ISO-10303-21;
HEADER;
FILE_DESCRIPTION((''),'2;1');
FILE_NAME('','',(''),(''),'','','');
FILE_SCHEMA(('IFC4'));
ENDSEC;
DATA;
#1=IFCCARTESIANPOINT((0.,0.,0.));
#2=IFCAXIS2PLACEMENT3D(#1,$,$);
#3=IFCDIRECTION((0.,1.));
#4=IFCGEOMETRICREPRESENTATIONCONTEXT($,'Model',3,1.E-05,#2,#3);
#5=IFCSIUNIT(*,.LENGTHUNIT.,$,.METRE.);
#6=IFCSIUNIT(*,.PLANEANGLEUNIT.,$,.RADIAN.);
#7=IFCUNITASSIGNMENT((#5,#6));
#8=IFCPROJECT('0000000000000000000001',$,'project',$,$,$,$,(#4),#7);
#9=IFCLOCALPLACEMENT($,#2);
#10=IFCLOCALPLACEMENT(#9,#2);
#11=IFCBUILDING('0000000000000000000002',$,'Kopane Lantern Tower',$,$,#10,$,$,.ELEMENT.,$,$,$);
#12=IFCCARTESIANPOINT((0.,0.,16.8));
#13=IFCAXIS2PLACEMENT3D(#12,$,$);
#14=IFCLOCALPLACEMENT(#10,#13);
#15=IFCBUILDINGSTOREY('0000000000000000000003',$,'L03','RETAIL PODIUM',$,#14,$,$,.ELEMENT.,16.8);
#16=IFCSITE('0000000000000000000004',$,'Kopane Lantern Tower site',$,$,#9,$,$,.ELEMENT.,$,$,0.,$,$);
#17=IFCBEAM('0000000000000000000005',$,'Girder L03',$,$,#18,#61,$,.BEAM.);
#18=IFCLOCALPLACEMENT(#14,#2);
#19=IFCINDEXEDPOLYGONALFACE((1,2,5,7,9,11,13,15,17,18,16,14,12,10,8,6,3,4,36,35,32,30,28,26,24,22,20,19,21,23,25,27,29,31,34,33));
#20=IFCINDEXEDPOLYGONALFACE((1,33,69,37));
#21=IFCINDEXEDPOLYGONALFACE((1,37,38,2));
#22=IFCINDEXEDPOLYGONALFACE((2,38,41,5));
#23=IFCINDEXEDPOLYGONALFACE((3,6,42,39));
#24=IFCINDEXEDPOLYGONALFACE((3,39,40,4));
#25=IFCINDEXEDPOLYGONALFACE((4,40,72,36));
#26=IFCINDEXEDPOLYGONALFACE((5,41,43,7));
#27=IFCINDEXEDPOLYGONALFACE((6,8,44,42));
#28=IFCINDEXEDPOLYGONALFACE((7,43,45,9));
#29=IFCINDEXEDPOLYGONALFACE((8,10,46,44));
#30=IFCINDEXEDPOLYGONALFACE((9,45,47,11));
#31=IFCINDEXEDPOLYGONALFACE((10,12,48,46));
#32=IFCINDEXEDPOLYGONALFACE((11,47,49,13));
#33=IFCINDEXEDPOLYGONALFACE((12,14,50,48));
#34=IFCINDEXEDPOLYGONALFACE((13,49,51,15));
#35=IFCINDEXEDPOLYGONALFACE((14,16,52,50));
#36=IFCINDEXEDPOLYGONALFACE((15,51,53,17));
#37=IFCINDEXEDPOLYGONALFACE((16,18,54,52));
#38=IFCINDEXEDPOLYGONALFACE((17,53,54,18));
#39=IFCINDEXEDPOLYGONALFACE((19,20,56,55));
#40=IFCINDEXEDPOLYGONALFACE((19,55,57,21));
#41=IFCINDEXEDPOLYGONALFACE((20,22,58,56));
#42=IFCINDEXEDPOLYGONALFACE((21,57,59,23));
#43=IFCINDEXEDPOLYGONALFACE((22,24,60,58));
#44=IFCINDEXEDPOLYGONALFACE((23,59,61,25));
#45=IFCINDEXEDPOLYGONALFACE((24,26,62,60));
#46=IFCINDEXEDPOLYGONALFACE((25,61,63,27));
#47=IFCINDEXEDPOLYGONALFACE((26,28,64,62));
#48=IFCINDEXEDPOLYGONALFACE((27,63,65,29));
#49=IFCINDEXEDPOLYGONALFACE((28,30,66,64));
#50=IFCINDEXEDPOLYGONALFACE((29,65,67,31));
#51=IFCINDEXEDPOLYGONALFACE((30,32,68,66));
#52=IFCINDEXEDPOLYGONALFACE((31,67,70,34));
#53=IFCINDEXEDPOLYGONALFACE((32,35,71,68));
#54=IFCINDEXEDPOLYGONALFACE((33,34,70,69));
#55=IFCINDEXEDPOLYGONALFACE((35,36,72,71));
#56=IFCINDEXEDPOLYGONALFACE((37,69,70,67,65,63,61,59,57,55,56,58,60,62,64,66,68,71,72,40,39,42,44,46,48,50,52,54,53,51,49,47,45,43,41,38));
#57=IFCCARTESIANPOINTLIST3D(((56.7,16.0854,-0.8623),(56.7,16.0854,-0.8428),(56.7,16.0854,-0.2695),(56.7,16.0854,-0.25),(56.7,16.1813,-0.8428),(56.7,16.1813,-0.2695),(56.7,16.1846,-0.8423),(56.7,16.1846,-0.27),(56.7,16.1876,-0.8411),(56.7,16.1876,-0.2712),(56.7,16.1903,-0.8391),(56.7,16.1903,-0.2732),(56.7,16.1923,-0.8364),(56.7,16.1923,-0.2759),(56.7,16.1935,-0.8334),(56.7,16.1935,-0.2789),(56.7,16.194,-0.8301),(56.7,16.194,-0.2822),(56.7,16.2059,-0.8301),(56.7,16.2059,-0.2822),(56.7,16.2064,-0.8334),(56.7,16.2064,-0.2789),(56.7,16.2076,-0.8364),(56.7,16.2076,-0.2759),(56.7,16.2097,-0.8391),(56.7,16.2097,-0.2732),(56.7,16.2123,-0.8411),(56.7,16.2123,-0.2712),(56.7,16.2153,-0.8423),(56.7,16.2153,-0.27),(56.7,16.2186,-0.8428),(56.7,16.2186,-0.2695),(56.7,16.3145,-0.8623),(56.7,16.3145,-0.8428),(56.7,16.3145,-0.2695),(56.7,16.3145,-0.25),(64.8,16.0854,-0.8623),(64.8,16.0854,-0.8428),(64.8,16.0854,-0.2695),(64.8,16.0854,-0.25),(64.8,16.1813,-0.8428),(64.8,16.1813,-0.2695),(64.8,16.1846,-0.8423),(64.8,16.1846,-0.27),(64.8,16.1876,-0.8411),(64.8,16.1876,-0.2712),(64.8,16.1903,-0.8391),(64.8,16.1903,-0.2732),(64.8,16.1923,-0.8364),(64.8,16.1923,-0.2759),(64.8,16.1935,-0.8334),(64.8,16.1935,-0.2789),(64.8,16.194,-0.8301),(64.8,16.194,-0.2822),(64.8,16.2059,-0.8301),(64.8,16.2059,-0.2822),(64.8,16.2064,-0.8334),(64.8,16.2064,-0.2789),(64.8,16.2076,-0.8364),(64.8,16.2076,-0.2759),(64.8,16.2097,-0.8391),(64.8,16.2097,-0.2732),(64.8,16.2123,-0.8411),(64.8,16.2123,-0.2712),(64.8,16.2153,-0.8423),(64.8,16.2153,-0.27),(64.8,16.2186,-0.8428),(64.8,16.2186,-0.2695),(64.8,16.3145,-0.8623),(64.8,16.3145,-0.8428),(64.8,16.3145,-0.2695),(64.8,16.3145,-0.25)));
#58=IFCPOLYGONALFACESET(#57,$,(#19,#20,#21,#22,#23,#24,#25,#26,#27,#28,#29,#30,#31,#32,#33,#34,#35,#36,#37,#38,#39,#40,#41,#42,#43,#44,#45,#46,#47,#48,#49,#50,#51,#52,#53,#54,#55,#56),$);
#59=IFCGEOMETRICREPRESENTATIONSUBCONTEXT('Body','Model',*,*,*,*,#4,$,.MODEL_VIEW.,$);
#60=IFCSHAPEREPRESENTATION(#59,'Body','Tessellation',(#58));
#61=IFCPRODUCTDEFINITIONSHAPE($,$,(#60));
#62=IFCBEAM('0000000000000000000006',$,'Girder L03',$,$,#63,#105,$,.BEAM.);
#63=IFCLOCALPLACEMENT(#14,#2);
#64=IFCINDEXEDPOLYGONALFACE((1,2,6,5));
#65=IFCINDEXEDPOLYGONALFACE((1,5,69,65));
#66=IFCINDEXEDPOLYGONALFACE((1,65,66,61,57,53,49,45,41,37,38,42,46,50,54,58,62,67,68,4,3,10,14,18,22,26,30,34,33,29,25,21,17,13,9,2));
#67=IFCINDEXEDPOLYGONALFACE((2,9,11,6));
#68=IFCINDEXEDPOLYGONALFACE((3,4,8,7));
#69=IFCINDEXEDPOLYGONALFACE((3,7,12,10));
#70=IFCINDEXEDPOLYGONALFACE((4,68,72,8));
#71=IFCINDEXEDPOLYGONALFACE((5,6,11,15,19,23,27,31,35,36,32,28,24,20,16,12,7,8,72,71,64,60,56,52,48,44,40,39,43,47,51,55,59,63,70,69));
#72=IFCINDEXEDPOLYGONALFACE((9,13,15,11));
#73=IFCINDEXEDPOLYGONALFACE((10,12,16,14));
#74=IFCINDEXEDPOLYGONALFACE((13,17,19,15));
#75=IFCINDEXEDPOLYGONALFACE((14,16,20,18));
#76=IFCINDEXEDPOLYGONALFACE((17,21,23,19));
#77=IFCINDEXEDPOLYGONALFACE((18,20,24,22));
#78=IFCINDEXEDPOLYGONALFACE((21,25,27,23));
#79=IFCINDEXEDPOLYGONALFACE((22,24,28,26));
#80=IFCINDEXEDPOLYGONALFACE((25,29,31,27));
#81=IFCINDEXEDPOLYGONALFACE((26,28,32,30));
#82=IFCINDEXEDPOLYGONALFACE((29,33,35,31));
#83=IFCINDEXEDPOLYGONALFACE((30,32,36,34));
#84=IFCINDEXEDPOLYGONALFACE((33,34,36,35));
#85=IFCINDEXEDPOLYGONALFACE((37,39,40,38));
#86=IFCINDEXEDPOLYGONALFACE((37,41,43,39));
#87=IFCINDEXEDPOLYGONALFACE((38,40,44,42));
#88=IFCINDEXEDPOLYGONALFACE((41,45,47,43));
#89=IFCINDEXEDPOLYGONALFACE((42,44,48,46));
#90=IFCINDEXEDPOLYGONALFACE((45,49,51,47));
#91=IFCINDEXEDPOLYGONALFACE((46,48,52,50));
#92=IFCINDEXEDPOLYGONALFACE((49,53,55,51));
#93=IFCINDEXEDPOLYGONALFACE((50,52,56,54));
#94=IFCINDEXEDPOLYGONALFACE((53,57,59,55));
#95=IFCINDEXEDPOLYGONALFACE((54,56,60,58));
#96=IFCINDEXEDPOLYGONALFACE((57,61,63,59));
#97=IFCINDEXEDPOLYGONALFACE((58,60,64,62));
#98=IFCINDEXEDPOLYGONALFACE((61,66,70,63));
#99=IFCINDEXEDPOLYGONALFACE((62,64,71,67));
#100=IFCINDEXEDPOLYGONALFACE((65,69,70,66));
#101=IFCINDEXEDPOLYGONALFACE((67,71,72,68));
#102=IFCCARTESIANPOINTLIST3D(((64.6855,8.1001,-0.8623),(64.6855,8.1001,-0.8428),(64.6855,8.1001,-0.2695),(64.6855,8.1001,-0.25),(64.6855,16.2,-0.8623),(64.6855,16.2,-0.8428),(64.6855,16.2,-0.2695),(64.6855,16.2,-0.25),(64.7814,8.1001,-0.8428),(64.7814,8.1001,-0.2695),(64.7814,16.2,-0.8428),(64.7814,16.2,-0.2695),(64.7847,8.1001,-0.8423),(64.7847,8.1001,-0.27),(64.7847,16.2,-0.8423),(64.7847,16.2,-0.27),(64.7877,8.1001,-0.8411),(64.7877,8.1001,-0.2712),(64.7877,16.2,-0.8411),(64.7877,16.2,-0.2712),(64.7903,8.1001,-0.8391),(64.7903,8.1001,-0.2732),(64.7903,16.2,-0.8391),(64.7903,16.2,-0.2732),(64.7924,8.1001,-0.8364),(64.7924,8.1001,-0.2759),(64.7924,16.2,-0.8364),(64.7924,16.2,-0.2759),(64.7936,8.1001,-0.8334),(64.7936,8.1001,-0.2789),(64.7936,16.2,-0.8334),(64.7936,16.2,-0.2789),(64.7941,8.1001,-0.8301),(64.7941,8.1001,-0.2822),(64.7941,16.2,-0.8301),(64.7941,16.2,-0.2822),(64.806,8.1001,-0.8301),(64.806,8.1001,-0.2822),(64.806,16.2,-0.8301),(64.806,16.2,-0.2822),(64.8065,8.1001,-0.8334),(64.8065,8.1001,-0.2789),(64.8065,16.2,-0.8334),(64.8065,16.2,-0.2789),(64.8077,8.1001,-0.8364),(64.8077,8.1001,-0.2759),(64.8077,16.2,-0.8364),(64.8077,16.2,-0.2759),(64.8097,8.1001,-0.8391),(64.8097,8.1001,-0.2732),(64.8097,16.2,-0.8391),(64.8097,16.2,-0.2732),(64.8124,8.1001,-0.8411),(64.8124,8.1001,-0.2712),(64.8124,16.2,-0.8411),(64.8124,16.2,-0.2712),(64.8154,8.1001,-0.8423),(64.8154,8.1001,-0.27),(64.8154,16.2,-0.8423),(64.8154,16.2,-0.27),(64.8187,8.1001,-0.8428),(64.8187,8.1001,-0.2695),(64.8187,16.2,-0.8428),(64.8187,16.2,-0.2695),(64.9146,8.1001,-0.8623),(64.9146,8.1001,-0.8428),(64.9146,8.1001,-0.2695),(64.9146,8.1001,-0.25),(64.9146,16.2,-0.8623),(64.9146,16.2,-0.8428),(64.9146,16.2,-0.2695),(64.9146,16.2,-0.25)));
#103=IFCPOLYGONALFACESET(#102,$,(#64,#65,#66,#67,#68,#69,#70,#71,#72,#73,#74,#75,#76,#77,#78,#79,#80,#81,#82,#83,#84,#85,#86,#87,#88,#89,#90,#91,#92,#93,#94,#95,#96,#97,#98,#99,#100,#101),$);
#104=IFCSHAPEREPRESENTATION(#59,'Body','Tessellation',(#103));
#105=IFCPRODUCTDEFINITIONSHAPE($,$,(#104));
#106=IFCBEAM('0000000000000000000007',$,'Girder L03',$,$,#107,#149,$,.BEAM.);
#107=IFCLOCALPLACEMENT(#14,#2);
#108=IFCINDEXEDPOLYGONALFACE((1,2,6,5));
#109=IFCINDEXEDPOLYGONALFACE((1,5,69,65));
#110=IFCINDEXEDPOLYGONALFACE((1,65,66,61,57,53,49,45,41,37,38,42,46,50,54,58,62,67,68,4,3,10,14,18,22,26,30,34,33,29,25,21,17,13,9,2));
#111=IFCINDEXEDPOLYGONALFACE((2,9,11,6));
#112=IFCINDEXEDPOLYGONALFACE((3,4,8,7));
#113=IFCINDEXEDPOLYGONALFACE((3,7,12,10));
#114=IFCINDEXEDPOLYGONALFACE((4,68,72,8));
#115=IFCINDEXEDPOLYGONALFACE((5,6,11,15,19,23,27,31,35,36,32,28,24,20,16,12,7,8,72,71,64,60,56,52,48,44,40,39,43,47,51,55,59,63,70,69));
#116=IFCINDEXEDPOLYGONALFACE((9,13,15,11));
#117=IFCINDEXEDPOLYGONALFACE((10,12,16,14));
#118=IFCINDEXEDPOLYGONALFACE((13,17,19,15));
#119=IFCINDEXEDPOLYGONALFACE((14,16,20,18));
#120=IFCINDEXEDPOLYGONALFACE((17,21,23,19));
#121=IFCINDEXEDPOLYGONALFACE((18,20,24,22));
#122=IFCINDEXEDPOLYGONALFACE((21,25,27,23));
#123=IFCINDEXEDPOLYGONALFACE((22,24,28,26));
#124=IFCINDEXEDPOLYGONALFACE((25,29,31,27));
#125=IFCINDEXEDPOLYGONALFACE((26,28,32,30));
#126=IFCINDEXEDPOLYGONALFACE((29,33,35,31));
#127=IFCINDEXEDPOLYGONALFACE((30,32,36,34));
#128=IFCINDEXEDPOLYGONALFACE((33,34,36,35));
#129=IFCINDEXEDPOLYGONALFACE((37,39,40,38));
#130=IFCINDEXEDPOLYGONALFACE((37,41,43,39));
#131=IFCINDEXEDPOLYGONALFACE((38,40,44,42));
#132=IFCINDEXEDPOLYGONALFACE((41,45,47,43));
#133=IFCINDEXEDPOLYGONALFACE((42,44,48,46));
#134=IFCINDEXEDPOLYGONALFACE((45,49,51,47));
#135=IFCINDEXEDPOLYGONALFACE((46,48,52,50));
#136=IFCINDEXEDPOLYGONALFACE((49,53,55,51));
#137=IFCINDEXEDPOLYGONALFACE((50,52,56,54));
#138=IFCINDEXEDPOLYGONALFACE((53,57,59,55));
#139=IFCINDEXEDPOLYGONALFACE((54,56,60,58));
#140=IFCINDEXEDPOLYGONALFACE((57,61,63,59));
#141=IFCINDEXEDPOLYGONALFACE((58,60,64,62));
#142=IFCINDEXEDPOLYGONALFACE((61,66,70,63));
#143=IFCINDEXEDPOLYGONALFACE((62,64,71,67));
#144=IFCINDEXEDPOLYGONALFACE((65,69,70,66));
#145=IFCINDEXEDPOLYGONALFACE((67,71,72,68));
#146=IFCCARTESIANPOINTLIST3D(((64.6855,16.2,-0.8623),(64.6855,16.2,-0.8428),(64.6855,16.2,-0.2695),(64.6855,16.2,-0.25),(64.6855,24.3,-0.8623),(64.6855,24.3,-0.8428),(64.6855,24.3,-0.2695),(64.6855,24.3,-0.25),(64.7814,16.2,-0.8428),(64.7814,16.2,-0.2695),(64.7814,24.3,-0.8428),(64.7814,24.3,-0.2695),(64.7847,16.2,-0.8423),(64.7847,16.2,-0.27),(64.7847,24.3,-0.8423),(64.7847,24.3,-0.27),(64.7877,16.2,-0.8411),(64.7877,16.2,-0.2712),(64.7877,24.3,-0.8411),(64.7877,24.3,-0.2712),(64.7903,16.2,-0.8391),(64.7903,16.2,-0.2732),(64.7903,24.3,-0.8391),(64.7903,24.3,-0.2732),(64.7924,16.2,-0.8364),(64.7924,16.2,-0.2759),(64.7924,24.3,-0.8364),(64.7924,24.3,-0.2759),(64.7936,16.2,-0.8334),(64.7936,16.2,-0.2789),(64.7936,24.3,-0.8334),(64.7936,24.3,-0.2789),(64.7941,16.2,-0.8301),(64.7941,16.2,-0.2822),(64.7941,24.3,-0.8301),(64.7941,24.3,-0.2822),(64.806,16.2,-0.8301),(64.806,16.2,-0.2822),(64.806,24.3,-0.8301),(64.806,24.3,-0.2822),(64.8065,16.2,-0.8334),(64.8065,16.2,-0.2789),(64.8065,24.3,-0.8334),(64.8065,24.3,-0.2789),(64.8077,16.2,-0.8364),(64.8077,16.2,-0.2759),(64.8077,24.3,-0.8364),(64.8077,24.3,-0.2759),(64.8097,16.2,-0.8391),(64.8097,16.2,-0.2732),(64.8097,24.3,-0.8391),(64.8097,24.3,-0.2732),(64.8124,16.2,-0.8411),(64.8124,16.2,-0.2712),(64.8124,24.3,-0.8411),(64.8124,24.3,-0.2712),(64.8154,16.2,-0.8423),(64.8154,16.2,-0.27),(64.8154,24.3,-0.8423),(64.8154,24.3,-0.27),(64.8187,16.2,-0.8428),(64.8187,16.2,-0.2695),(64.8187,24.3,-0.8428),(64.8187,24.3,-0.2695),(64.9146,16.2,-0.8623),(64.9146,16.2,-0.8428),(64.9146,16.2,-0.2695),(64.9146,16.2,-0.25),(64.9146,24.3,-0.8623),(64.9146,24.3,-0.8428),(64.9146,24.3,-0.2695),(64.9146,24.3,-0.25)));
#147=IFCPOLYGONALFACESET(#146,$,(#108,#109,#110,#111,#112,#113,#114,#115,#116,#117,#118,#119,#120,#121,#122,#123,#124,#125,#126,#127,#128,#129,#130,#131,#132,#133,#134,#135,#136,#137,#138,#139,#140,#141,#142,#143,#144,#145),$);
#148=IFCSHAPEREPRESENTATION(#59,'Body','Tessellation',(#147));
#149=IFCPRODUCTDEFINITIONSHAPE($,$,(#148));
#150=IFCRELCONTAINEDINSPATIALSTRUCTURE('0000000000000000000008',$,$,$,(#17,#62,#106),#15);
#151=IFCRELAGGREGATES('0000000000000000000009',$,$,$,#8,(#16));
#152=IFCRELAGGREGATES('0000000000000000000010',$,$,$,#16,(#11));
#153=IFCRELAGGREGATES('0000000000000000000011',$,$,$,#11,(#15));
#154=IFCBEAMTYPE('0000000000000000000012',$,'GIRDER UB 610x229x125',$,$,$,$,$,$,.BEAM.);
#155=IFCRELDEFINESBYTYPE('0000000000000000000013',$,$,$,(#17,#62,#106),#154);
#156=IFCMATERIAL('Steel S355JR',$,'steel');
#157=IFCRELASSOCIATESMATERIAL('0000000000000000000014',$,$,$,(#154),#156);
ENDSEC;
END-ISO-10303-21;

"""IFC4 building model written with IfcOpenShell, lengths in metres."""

from ifc_helpers import new_model, si_unit, direction, frame, origin, origin_2d, place, context, subcontext, project, spatial, i_section, extrude, material, material_profile, profile_set, type_object, element, save


model = new_model("IFC4")

# Units and contexts
model_context = context("Model", 3, precision=1e-05, world=origin(), true_north=direction((0.0, 1.0)))
body_context = subcontext(model_context, "Body", "Model", "MODEL_VIEW")
ifc_project = project(units=[si_unit("LENGTHUNIT", "METRE"), si_unit("PLANEANGLEUNIT", "RADIAN")], contexts=[model_context])

# Site, building, storey
site_placement = place(None, origin())
site = spatial("IfcSite", under=ifc_project, at=site_placement, Name="Kopane Lantern Tower site", CompositionType="ELEMENT", RefElevation=0.0)
building_placement = place(site_placement, origin())
building = spatial("IfcBuilding", under=site, at=building_placement, Name="Kopane Lantern Tower", CompositionType="ELEMENT")
storey_placement = place(building_placement, frame((0.0, 0.0, 16.8)))
storey = spatial("IfcBuildingStorey", under=building, at=storey_placement, Name="L03", Description="RETAIL PODIUM", CompositionType="ELEMENT", Elevation=16.8)

# Beams
ifc_material_1 = material(Name="Steel S355JR", Category="steel")
ifc_material_profile_1 = material_profile(ifc_material_1, i_section(OverallWidth=0.229, OverallDepth=0.6123, WebThickness=0.012, FlangeThickness=0.0195, FilletRadius=0.0127, at=origin_2d()), Name="UB 610x229x125")
ifc_profile_set_1 = profile_set([ifc_material_profile_1], Name="Steel S355JR")
beam_type = type_object("IfcBeamType", Name="GIRDER UB 610x229x125", PredefinedType="BEAM", material=ifc_profile_set_1)
for number, where, z_axis, x_axis, name in (
    (1, (56.7, 16.2, -0.5562), (1.0, 0.0, 0.0), (0.0, 1.0, 0.0), "Girder L03"),
):
    element("IfcBeam", number, at=place(storey_placement, frame(where, z_axis=z_axis, x_axis=x_axis)), inside=storey, type_object=beam_type, Name=name, PredefinedType="BEAM", context=body_context, shape_type="SweptSolid", body=[
        extrude(i_section(OverallWidth=0.229, OverallDepth=0.6123, WebThickness=0.012, FlangeThickness=0.0195, FilletRadius=0.0127, at=origin_2d()), origin(), (0.0, 0.0, 1.0), 8.1001),
    ])
beam_1_placement = place(storey_placement, frame((64.8, 8.1001, -0.5562), z_axis=(0.0, 1.0, 0.0), x_axis=(-1.0, 0.0, 0.0)))
element("IfcBeam", 2, at=beam_1_placement, inside=storey, type_object=beam_type, Name="Girder L03", PredefinedType="BEAM", context=body_context, shape_type="SweptSolid", body=[
    extrude(i_section(OverallWidth=0.229, OverallDepth=0.6123, WebThickness=0.012, FlangeThickness=0.0195, FilletRadius=0.0127, at=origin_2d()), origin(), (0.0, 0.0, 1.0), 8.0999),
])
beam_2_placement = place(storey_placement, frame((64.8, 16.2, -0.5562), z_axis=(0.0, 1.0, 0.0), x_axis=(-1.0, 0.0, 0.0)))
element("IfcBeam", 3, at=beam_2_placement, inside=storey, type_object=beam_type, Name="Girder L03", PredefinedType="BEAM", context=body_context, shape_type="SweptSolid", body=[
    extrude(i_section(OverallWidth=0.229, OverallDepth=0.6123, WebThickness=0.012, FlangeThickness=0.0195, FilletRadius=0.0127, at=origin_2d()), origin(), (0.0, 0.0, 1.0), 8.1001),
])

save(model, "model.ifc")
